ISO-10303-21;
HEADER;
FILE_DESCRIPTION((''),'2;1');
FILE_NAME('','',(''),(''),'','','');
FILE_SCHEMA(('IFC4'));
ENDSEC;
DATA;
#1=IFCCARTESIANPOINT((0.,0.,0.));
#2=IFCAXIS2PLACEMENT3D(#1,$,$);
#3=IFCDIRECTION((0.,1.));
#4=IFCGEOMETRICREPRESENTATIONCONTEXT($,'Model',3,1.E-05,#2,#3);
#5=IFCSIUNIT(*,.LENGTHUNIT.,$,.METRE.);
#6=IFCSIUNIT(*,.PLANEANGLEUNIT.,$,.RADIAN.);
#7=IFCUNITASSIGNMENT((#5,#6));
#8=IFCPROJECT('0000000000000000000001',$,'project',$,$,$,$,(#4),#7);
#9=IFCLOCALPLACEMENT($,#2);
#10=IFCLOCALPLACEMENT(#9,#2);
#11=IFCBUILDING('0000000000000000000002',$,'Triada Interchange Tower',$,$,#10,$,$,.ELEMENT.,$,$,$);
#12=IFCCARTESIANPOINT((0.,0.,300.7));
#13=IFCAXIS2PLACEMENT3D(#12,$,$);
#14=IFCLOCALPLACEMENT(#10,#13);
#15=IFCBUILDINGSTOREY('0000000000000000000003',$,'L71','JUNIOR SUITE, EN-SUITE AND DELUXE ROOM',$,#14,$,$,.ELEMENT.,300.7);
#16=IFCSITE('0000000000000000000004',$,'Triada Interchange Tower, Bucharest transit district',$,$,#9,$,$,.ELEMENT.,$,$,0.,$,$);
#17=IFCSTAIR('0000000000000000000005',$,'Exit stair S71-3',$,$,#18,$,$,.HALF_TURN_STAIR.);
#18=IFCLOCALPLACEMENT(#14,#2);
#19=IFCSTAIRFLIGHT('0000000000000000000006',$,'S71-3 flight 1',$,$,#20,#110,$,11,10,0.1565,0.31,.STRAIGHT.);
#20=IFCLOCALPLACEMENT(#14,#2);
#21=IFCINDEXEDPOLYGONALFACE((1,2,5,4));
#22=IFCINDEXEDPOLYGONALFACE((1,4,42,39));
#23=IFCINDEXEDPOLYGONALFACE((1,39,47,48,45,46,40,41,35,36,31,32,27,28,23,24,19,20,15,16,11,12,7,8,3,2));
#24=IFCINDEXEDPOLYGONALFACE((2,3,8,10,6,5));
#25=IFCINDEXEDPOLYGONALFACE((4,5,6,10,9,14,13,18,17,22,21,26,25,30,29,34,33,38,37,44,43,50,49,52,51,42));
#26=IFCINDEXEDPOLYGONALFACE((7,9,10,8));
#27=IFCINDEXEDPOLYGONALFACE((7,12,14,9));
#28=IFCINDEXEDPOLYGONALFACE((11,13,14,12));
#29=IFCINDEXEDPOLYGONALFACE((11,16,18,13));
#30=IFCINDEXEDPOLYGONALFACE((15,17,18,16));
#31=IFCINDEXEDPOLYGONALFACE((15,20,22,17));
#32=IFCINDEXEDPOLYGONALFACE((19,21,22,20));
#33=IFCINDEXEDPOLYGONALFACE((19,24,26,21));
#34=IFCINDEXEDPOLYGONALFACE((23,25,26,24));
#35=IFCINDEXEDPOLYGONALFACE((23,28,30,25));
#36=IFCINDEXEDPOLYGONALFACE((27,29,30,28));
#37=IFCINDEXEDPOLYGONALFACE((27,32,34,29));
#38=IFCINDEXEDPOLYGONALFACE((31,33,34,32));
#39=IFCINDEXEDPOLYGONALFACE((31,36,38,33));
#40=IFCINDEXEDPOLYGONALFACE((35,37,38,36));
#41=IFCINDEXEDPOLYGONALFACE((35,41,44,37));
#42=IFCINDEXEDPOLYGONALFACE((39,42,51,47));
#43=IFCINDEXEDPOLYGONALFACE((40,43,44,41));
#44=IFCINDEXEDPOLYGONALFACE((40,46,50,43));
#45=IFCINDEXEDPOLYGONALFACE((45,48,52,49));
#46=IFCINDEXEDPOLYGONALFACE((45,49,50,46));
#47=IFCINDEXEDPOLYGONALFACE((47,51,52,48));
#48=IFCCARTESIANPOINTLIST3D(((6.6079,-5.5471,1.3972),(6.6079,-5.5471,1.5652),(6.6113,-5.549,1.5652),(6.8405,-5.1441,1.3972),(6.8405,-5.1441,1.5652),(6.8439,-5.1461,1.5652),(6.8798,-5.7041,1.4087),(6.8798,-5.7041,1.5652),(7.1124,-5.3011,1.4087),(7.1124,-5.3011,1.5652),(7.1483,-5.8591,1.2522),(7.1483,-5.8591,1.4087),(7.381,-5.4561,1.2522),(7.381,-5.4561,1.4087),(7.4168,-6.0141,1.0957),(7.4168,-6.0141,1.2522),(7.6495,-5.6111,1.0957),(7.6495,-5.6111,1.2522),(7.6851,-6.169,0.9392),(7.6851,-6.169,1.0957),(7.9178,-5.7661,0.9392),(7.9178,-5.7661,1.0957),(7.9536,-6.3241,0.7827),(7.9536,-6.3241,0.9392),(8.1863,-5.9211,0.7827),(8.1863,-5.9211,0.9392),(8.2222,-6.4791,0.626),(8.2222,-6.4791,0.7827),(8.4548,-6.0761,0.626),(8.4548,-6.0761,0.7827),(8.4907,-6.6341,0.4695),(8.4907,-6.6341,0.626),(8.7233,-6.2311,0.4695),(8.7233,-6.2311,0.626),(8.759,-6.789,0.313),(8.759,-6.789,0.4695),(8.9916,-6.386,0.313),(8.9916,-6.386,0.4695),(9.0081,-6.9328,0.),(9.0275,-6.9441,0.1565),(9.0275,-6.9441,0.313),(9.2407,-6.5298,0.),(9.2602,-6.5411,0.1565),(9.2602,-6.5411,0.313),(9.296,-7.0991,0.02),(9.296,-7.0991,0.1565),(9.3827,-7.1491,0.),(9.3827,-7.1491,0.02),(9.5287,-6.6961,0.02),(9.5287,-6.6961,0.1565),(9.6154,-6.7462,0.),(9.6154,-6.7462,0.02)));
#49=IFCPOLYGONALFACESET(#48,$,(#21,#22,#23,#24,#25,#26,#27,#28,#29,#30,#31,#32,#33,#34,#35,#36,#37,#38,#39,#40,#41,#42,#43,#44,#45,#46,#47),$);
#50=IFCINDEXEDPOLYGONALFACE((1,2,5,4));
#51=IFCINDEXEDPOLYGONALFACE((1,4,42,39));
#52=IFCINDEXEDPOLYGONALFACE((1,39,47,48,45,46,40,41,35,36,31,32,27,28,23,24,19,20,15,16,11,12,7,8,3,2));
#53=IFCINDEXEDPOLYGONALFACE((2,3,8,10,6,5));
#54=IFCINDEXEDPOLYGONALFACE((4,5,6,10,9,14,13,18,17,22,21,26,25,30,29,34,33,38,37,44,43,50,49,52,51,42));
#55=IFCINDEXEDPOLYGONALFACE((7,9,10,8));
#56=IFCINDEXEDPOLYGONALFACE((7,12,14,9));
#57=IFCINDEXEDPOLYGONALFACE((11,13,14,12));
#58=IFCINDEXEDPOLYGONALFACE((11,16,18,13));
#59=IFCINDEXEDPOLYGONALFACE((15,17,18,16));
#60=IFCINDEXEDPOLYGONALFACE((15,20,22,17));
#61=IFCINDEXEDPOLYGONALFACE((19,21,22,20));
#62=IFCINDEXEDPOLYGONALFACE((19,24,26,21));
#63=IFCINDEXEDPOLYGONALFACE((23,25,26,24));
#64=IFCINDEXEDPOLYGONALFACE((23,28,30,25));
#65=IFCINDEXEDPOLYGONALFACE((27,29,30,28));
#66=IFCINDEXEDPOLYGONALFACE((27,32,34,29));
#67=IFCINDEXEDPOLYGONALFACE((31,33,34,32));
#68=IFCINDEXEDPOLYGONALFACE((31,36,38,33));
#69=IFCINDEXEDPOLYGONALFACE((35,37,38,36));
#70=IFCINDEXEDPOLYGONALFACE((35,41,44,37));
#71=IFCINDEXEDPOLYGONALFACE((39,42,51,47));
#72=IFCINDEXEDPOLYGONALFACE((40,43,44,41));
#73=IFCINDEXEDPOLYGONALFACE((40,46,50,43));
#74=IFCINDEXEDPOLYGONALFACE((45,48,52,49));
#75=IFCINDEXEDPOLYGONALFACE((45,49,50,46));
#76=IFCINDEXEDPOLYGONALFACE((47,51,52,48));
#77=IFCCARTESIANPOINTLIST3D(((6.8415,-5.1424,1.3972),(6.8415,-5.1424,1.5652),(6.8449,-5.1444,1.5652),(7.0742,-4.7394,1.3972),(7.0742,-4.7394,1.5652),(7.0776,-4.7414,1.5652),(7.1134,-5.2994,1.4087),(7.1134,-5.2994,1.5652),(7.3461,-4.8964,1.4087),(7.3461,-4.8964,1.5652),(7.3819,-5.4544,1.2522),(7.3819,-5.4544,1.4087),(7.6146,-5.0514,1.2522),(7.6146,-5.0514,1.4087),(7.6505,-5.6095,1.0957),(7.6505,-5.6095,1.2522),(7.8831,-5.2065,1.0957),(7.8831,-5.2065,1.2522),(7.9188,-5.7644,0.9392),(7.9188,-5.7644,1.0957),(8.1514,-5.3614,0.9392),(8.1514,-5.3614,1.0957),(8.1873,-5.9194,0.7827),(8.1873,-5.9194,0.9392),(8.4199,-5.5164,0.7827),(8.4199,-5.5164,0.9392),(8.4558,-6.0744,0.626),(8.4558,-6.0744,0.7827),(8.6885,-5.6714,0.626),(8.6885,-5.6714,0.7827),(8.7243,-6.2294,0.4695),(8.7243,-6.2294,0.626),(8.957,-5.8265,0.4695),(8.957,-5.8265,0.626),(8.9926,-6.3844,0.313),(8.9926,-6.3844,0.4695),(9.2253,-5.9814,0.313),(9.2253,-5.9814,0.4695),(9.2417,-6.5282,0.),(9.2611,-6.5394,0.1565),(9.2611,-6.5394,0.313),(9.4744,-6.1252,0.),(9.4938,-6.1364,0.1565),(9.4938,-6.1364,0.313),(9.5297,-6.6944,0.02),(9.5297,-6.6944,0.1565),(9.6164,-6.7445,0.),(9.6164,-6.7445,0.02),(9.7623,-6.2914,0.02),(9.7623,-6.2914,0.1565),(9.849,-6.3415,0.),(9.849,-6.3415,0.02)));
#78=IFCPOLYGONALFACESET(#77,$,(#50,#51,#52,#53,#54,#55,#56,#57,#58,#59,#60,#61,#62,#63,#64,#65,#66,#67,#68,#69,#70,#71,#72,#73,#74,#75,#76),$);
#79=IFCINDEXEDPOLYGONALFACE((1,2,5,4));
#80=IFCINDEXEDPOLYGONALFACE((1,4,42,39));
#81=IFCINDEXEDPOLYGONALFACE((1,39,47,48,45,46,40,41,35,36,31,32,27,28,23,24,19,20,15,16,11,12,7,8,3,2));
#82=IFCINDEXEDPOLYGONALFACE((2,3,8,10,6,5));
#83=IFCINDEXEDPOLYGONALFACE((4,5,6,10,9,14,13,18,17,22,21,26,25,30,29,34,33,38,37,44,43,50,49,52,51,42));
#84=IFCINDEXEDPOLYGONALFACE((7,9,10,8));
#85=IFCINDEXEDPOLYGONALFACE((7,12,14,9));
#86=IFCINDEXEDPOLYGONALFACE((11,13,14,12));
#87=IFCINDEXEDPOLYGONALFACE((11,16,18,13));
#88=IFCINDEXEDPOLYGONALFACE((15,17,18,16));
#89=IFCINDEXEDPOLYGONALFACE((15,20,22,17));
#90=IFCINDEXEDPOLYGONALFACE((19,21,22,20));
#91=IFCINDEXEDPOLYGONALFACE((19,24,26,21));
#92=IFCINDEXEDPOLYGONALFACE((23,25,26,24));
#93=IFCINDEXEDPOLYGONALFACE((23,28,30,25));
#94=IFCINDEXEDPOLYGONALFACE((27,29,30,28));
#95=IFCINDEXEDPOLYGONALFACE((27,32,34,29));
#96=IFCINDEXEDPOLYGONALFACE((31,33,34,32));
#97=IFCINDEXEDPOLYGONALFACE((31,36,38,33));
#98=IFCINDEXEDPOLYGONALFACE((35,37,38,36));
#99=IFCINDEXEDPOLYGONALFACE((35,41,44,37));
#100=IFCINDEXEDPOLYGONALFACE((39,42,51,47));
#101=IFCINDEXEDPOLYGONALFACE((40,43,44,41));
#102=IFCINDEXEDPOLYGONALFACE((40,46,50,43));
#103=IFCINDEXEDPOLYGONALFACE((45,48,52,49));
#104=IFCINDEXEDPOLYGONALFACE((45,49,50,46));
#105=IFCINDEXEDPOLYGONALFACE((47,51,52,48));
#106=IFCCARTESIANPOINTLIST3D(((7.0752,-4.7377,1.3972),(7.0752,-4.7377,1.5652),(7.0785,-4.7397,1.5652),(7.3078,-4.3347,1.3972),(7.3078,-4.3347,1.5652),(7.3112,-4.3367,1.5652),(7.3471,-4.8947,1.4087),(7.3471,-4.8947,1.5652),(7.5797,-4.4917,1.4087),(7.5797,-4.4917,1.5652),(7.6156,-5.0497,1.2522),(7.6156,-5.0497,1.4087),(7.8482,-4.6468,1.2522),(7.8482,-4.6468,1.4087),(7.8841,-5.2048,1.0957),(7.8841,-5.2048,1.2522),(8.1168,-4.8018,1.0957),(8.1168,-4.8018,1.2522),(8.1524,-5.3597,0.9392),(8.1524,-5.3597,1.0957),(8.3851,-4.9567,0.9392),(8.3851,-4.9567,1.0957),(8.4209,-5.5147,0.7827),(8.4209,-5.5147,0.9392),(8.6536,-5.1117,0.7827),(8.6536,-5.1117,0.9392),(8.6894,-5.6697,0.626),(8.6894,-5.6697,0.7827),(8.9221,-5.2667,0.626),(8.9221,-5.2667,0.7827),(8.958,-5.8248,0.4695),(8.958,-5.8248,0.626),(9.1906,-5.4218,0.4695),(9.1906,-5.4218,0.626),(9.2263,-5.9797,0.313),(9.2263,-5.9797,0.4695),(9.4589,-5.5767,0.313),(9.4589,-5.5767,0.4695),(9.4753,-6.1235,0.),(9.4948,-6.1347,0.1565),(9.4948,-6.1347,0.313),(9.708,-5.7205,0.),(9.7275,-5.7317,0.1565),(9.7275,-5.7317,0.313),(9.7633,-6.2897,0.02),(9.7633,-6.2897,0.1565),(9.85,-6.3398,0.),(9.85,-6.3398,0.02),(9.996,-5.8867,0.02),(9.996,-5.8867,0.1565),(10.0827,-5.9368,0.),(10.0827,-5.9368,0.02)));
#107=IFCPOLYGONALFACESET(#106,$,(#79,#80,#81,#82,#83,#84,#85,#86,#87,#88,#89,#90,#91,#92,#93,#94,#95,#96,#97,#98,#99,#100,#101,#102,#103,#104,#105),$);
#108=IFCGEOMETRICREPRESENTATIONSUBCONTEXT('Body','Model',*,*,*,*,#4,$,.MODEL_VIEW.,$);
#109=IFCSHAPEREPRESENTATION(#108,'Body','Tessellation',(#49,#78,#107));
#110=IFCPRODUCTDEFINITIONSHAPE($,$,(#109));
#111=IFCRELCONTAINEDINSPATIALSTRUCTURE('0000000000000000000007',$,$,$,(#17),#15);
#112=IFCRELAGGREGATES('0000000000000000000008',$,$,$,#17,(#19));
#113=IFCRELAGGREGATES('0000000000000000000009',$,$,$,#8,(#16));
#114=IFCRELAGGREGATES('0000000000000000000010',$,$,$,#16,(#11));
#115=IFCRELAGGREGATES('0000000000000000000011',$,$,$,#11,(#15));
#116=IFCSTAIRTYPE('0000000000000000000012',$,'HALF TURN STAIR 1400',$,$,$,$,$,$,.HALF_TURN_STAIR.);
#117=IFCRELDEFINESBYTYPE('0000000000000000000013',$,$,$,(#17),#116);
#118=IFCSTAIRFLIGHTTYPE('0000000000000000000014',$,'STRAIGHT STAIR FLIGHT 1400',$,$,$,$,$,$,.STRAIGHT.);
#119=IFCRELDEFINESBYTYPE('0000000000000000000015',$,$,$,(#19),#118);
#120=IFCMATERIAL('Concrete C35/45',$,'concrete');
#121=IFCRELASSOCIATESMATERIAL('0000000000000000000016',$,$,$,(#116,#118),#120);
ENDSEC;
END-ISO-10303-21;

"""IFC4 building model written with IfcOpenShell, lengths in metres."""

from ifc_helpers import new_model, si_unit, direction, frame, origin, place, context, subcontext, project, spatial, polyline, outline, extrude, material, type_object, element, aggregate, save


model = new_model("IFC4")

# Units and contexts
model_context = context("Model", 3, precision=1e-05, world=origin(), true_north=direction((0.0, 1.0)))
body_context = subcontext(model_context, "Body", "Model", "MODEL_VIEW")
ifc_project = project(units=[si_unit("LENGTHUNIT", "METRE"), si_unit("PLANEANGLEUNIT", "RADIAN")], contexts=[model_context])

# Site, building, storey
site_placement = place(None, origin())
site = spatial("IfcSite", under=ifc_project, at=site_placement, Name="Triada Interchange Tower, Bucharest transit district", CompositionType="ELEMENT", RefElevation=0.0)
building_placement = place(site_placement, origin())
building = spatial("IfcBuilding", under=site, at=building_placement, Name="Triada Interchange Tower", CompositionType="ELEMENT")
storey_placement = place(building_placement, frame((0.0, 0.0, 300.7)))
storey = spatial("IfcBuildingStorey", under=building, at=storey_placement, Name="L71", Description="JUNIOR SUITE, EN-SUITE AND DELUXE ROOM", CompositionType="ELEMENT", Elevation=300.7)

# Stair, stair flight
ifc_material_1 = material(Name="Concrete C35/45", Category="concrete")
stair_type = type_object("IfcStairType", Name="HALF TURN STAIR 1400", PredefinedType="HALF_TURN_STAIR", material=ifc_material_1)
stair_placement = place(storey_placement, origin())
stair = element("IfcStair", 1, at=stair_placement, inside=storey, type_object=stair_type, Name="Exit stair S71-3", PredefinedType="HALF_TURN_STAIR")
stair_flight_type = type_object("IfcStairFlightType", Name="STRAIGHT STAIR FLIGHT 1400", PredefinedType="STRAIGHT", material=ifc_material_1)
stair_flight_1_placement = place(storey_placement, frame((9.646, -6.4929, 0.0), z_axis=(0.0, 0.0, 1.0), x_axis=(-0.866025, 0.5, 0.0)))
stair_flight_1 = element("IfcStairFlight", 2, at=stair_flight_1_placement, type_object=stair_flight_type, Name="S71-3 flight 1", NumberOfRisers=11, NumberOfTreads=10, PredefinedType="STRAIGHT", RiserHeight=0.1565, TreadLength=0.31, context=body_context, shape_type="SweptSolid", body=[
    extrude(outline(polyline([(-0.1001, 0.0), (-0.1001, 0.02), (0.0, 0.02), (0.0, 0.1565), (0.3101, 0.1565), (0.3101, 0.313), (0.6201, 0.313), (0.6201, 0.4695), (0.9299, 0.4695), (0.9299, 0.626), (1.24, 0.626), (1.24, 0.7827), (1.55, 0.7827), (1.55, 0.9392), (1.8601, 0.9392), (1.8601, 1.0957), (2.1699, 1.0957), (2.1699, 1.2522), (2.48, 1.2522), (2.48, 1.4087), (2.79, 1.4087), (2.79, 1.5652), (3.1001, 1.5652), (3.104, 1.5652), (3.104, 1.7217), (3.104, 1.3972), (0.3325, 0.0), (-0.1001, 0.0)])), frame((0.0, 0.7, 0.0), z_axis=(0.0, -1.0, 0.0), x_axis=(1.0, 0.0, 0.0)), (0.0, 0.0, 1.0), 0.4653),
    extrude(outline(polyline([(-0.1001, 0.0), (-0.1001, 0.02), (0.0, 0.02), (0.0, 0.1565), (0.3101, 0.1565), (0.3101, 0.313), (0.6201, 0.313), (0.6201, 0.4695), (0.9299, 0.4695), (0.9299, 0.626), (1.24, 0.626), (1.24, 0.7827), (1.55, 0.7827), (1.55, 0.9392), (1.8601, 0.9392), (1.8601, 1.0957), (2.1699, 1.0957), (2.1699, 1.2522), (2.48, 1.2522), (2.48, 1.4087), (2.79, 1.4087), (2.79, 1.5652), (3.1001, 1.5652), (3.104, 1.5652), (3.104, 1.7217), (3.104, 1.3972), (0.3325, 0.0), (-0.1001, 0.0)])), frame((0.0, 0.2327, 0.0), z_axis=(0.0, -1.0, 0.0), x_axis=(1.0, 0.0, 0.0)), (0.0, 0.0, 1.0), 0.4653),
    extrude(outline(polyline([(-0.1001, 0.0), (-0.1001, 0.02), (0.0, 0.02), (0.0, 0.1565), (0.3101, 0.1565), (0.3101, 0.313), (0.6201, 0.313), (0.6201, 0.4695), (0.9299, 0.4695), (0.9299, 0.626), (1.24, 0.626), (1.24, 0.7827), (1.55, 0.7827), (1.55, 0.9392), (1.8601, 0.9392), (1.8601, 1.0957), (2.1699, 1.0957), (2.1699, 1.2522), (2.48, 1.2522), (2.48, 1.4087), (2.79, 1.4087), (2.79, 1.5652), (3.1001, 1.5652), (3.104, 1.5652), (3.104, 1.7217), (3.104, 1.3972), (0.3325, 0.0), (-0.1001, 0.0)])), frame((0.0, -0.2346, 0.0), z_axis=(0.0, -1.0, 0.0), x_axis=(1.0, 0.0, 0.0)), (0.0, 0.0, 1.0), 0.4653),
])
aggregate(stair, [stair_flight_1])

save(model, "model.ifc")
